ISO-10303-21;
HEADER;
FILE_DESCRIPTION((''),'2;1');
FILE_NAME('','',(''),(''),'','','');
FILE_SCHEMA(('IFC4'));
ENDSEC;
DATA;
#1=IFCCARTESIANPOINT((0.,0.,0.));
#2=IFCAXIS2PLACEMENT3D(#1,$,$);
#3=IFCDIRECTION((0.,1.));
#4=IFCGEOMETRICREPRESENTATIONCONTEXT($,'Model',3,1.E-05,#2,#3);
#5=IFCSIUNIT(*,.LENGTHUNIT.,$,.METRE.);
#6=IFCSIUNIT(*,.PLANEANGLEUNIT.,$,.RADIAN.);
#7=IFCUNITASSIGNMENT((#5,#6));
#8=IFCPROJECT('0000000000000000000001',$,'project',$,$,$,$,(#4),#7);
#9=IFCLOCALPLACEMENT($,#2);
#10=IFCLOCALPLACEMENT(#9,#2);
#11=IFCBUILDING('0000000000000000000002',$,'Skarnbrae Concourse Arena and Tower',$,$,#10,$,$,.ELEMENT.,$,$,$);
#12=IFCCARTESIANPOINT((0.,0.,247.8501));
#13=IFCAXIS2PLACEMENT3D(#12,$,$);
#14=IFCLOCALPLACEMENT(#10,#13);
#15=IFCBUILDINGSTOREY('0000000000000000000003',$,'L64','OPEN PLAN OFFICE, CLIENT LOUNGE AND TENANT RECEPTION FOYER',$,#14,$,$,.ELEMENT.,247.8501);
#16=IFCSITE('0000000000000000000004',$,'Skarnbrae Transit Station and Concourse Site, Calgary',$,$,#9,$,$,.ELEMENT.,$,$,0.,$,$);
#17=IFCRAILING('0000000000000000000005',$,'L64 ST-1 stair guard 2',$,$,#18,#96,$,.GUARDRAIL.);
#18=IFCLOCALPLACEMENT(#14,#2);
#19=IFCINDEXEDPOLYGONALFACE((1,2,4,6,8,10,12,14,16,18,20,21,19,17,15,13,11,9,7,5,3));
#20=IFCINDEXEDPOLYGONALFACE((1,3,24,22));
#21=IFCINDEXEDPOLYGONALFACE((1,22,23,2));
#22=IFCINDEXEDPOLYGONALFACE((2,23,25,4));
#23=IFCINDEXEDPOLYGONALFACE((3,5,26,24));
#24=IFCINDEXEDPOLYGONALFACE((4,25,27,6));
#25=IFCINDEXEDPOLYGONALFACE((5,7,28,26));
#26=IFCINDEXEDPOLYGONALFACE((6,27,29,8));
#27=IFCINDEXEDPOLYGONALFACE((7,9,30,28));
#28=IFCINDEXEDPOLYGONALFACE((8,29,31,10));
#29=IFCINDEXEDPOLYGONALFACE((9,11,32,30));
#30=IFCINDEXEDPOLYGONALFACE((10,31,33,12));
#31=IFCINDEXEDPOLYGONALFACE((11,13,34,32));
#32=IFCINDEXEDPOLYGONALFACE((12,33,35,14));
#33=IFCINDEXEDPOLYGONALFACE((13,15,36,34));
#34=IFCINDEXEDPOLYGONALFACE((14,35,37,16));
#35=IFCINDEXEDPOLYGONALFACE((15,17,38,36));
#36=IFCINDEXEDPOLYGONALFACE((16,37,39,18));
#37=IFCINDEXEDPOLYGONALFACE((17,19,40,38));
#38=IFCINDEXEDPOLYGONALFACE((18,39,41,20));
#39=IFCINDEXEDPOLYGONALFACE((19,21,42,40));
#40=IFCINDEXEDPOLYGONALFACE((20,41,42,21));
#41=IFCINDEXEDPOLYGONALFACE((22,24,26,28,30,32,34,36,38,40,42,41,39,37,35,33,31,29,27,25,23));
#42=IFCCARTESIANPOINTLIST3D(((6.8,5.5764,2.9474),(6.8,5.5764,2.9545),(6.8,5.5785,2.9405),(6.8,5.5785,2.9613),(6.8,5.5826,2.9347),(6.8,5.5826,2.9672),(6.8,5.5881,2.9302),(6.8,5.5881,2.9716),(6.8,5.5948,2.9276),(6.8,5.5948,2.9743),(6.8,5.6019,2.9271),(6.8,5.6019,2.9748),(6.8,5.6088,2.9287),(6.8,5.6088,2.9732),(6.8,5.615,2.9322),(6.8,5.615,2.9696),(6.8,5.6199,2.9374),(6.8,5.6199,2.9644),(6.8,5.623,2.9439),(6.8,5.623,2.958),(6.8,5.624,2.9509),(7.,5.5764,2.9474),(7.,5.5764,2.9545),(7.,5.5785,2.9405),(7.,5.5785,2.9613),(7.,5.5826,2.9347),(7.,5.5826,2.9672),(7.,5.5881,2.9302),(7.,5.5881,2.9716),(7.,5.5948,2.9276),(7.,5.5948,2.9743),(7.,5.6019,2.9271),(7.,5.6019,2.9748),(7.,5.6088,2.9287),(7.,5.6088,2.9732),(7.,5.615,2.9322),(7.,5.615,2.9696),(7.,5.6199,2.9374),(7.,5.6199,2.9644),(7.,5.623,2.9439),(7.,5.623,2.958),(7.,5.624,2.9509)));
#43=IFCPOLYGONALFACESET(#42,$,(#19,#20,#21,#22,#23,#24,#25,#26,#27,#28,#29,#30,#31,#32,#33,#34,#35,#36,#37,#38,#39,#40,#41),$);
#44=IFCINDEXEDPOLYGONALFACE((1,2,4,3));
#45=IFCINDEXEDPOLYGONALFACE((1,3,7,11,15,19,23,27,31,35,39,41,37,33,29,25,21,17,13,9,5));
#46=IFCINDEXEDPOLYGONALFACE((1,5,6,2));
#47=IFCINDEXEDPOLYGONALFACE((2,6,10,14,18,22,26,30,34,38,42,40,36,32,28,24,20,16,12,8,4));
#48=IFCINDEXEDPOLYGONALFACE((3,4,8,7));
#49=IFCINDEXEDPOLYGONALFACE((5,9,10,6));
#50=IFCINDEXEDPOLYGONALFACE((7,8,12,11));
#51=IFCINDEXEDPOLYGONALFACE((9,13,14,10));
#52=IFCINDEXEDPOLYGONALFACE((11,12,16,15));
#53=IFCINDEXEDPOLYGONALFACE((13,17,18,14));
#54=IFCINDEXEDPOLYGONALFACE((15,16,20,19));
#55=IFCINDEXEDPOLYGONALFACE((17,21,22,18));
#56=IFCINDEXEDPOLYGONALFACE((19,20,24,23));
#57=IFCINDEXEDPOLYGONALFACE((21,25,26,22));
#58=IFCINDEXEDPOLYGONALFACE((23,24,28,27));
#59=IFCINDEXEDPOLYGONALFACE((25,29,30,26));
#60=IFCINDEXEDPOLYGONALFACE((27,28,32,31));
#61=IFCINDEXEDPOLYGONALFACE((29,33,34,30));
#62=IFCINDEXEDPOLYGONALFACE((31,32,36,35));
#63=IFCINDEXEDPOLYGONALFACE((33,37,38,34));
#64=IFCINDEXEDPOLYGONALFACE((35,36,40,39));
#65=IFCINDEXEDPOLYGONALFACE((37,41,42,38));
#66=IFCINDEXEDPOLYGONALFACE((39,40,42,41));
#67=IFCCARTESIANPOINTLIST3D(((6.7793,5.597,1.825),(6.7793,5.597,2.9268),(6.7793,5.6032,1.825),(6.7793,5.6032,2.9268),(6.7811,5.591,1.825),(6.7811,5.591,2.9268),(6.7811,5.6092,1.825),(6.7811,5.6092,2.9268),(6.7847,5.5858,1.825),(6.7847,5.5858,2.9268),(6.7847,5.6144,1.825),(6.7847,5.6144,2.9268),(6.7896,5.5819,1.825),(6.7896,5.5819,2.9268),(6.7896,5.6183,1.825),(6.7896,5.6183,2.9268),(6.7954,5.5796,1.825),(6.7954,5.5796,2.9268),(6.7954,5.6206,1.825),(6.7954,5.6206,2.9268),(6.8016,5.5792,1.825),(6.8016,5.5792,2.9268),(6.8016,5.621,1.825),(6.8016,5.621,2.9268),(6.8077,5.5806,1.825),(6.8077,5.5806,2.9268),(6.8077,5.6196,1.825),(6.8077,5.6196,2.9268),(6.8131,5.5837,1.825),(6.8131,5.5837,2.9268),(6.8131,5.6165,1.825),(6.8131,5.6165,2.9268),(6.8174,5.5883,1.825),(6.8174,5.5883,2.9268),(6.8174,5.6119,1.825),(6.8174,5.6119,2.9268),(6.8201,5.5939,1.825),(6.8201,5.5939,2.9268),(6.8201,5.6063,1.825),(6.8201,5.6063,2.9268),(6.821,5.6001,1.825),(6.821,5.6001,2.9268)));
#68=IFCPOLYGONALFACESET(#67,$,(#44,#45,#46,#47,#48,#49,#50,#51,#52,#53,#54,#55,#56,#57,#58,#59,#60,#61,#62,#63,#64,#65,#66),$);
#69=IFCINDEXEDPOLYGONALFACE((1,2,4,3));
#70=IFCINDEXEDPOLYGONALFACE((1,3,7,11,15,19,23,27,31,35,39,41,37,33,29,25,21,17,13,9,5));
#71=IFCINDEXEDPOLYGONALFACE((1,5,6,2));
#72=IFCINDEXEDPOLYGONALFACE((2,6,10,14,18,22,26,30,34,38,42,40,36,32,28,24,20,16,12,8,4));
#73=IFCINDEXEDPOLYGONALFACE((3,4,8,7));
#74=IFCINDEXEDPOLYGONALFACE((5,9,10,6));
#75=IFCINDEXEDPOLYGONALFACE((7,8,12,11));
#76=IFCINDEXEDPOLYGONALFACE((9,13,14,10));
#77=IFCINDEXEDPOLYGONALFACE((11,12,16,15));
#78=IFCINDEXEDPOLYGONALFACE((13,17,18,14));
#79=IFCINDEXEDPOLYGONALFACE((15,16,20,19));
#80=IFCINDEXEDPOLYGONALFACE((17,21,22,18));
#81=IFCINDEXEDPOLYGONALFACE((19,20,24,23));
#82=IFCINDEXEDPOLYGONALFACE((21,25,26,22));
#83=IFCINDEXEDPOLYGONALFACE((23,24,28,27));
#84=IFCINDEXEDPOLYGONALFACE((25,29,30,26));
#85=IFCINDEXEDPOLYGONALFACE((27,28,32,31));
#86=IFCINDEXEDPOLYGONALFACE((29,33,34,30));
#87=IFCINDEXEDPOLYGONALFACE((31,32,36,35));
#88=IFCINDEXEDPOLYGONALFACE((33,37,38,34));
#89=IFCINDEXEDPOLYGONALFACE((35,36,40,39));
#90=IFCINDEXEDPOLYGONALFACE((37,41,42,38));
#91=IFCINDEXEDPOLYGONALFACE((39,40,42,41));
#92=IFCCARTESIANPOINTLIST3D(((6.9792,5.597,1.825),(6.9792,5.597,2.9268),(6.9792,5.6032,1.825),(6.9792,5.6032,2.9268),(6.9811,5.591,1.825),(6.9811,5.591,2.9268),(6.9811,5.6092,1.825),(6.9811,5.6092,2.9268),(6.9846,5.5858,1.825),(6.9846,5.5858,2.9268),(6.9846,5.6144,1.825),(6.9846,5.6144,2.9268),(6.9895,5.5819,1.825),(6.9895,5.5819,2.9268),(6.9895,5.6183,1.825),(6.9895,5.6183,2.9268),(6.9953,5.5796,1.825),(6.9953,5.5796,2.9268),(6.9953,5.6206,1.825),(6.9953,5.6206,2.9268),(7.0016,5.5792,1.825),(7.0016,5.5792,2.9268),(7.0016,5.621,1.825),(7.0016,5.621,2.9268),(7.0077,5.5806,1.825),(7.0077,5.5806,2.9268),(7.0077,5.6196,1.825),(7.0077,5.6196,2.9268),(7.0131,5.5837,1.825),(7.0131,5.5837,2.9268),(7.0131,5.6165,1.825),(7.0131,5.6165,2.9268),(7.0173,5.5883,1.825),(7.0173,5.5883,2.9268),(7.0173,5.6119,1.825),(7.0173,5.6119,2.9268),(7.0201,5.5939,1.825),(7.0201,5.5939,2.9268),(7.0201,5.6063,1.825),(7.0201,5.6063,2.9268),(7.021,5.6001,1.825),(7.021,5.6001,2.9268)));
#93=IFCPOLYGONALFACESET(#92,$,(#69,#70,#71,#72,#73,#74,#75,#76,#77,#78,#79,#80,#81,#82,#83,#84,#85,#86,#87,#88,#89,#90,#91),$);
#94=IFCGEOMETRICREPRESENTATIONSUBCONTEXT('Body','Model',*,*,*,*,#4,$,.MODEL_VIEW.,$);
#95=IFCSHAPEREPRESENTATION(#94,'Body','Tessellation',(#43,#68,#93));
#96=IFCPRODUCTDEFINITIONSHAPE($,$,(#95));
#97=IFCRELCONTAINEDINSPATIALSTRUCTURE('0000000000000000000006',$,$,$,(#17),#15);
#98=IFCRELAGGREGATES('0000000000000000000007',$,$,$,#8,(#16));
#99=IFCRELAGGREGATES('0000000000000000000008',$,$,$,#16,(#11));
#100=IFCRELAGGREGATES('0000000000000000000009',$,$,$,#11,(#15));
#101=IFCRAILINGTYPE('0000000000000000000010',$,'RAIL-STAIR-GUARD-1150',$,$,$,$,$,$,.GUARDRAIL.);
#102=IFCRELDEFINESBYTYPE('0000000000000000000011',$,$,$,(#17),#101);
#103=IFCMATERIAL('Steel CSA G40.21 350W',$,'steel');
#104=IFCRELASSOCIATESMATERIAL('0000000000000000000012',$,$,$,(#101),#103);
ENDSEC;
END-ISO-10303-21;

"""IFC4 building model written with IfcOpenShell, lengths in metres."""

from ifc_helpers import new_model, si_unit, direction, frame, origin, origin_2d, place, context, subcontext, project, spatial, circle, extrude, material, type_object, element, save


model = new_model("IFC4")

# Units and contexts
model_context = context("Model", 3, precision=1e-05, world=origin(), true_north=direction((0.0, 1.0)))
body_context = subcontext(model_context, "Body", "Model", "MODEL_VIEW")
ifc_project = project(units=[si_unit("LENGTHUNIT", "METRE"), si_unit("PLANEANGLEUNIT", "RADIAN")], contexts=[model_context])

# Site, building, storey
site_placement = place(None, origin())
site = spatial("IfcSite", under=ifc_project, at=site_placement, Name="Skarnbrae Transit Station and Concourse Site, Calgary", CompositionType="ELEMENT", RefElevation=0.0)
building_placement = place(site_placement, origin())
building = spatial("IfcBuilding", under=site, at=building_placement, Name="Skarnbrae Concourse Arena and Tower", CompositionType="ELEMENT")
storey_placement = place(building_placement, frame((0.0, 0.0, 247.8501)))
storey = spatial("IfcBuildingStorey", under=building, at=storey_placement, Name="L64", Description="OPEN PLAN OFFICE, CLIENT LOUNGE AND TENANT RECEPTION FOYER", CompositionType="ELEMENT", Elevation=247.8501)

# Shared definitions
ifc_material_1 = material(Name="Steel CSA G40.21 350W", Category="steel")

# Railing
railing_type_1 = type_object("IfcRailingType", Name="RAIL-STAIR-GUARD-1150", PredefinedType="GUARDRAIL", material=ifc_material_1)
railing_1_placement = place(storey_placement, frame((6.8, 5.6001, 1.825)))
element("IfcRailing", 1, at=railing_1_placement, inside=storey, type_object=railing_type_1, Name="L64 ST-1 stair guard 2", PredefinedType="GUARDRAIL", context=body_context, shape_type="SweptSolid", body=[
    extrude(circle(Radius=0.0239, at=origin_2d()), frame((0.0, 0.0, 1.126), z_axis=(1.0, 0.0, 0.0), x_axis=(0.0, 1.0, 0.0)), (0.0, 0.0, 1.0), 0.2),
    extrude(circle(Radius=0.021, at=origin_2d()), origin(), (0.0, 0.0, 1.0), 1.1018),
    extrude(circle(Radius=0.021, at=origin_2d()), frame((0.2, 0.0, 0.0)), (0.0, 0.0, 1.0), 1.1018),
])

save(model, "model.ifc")
